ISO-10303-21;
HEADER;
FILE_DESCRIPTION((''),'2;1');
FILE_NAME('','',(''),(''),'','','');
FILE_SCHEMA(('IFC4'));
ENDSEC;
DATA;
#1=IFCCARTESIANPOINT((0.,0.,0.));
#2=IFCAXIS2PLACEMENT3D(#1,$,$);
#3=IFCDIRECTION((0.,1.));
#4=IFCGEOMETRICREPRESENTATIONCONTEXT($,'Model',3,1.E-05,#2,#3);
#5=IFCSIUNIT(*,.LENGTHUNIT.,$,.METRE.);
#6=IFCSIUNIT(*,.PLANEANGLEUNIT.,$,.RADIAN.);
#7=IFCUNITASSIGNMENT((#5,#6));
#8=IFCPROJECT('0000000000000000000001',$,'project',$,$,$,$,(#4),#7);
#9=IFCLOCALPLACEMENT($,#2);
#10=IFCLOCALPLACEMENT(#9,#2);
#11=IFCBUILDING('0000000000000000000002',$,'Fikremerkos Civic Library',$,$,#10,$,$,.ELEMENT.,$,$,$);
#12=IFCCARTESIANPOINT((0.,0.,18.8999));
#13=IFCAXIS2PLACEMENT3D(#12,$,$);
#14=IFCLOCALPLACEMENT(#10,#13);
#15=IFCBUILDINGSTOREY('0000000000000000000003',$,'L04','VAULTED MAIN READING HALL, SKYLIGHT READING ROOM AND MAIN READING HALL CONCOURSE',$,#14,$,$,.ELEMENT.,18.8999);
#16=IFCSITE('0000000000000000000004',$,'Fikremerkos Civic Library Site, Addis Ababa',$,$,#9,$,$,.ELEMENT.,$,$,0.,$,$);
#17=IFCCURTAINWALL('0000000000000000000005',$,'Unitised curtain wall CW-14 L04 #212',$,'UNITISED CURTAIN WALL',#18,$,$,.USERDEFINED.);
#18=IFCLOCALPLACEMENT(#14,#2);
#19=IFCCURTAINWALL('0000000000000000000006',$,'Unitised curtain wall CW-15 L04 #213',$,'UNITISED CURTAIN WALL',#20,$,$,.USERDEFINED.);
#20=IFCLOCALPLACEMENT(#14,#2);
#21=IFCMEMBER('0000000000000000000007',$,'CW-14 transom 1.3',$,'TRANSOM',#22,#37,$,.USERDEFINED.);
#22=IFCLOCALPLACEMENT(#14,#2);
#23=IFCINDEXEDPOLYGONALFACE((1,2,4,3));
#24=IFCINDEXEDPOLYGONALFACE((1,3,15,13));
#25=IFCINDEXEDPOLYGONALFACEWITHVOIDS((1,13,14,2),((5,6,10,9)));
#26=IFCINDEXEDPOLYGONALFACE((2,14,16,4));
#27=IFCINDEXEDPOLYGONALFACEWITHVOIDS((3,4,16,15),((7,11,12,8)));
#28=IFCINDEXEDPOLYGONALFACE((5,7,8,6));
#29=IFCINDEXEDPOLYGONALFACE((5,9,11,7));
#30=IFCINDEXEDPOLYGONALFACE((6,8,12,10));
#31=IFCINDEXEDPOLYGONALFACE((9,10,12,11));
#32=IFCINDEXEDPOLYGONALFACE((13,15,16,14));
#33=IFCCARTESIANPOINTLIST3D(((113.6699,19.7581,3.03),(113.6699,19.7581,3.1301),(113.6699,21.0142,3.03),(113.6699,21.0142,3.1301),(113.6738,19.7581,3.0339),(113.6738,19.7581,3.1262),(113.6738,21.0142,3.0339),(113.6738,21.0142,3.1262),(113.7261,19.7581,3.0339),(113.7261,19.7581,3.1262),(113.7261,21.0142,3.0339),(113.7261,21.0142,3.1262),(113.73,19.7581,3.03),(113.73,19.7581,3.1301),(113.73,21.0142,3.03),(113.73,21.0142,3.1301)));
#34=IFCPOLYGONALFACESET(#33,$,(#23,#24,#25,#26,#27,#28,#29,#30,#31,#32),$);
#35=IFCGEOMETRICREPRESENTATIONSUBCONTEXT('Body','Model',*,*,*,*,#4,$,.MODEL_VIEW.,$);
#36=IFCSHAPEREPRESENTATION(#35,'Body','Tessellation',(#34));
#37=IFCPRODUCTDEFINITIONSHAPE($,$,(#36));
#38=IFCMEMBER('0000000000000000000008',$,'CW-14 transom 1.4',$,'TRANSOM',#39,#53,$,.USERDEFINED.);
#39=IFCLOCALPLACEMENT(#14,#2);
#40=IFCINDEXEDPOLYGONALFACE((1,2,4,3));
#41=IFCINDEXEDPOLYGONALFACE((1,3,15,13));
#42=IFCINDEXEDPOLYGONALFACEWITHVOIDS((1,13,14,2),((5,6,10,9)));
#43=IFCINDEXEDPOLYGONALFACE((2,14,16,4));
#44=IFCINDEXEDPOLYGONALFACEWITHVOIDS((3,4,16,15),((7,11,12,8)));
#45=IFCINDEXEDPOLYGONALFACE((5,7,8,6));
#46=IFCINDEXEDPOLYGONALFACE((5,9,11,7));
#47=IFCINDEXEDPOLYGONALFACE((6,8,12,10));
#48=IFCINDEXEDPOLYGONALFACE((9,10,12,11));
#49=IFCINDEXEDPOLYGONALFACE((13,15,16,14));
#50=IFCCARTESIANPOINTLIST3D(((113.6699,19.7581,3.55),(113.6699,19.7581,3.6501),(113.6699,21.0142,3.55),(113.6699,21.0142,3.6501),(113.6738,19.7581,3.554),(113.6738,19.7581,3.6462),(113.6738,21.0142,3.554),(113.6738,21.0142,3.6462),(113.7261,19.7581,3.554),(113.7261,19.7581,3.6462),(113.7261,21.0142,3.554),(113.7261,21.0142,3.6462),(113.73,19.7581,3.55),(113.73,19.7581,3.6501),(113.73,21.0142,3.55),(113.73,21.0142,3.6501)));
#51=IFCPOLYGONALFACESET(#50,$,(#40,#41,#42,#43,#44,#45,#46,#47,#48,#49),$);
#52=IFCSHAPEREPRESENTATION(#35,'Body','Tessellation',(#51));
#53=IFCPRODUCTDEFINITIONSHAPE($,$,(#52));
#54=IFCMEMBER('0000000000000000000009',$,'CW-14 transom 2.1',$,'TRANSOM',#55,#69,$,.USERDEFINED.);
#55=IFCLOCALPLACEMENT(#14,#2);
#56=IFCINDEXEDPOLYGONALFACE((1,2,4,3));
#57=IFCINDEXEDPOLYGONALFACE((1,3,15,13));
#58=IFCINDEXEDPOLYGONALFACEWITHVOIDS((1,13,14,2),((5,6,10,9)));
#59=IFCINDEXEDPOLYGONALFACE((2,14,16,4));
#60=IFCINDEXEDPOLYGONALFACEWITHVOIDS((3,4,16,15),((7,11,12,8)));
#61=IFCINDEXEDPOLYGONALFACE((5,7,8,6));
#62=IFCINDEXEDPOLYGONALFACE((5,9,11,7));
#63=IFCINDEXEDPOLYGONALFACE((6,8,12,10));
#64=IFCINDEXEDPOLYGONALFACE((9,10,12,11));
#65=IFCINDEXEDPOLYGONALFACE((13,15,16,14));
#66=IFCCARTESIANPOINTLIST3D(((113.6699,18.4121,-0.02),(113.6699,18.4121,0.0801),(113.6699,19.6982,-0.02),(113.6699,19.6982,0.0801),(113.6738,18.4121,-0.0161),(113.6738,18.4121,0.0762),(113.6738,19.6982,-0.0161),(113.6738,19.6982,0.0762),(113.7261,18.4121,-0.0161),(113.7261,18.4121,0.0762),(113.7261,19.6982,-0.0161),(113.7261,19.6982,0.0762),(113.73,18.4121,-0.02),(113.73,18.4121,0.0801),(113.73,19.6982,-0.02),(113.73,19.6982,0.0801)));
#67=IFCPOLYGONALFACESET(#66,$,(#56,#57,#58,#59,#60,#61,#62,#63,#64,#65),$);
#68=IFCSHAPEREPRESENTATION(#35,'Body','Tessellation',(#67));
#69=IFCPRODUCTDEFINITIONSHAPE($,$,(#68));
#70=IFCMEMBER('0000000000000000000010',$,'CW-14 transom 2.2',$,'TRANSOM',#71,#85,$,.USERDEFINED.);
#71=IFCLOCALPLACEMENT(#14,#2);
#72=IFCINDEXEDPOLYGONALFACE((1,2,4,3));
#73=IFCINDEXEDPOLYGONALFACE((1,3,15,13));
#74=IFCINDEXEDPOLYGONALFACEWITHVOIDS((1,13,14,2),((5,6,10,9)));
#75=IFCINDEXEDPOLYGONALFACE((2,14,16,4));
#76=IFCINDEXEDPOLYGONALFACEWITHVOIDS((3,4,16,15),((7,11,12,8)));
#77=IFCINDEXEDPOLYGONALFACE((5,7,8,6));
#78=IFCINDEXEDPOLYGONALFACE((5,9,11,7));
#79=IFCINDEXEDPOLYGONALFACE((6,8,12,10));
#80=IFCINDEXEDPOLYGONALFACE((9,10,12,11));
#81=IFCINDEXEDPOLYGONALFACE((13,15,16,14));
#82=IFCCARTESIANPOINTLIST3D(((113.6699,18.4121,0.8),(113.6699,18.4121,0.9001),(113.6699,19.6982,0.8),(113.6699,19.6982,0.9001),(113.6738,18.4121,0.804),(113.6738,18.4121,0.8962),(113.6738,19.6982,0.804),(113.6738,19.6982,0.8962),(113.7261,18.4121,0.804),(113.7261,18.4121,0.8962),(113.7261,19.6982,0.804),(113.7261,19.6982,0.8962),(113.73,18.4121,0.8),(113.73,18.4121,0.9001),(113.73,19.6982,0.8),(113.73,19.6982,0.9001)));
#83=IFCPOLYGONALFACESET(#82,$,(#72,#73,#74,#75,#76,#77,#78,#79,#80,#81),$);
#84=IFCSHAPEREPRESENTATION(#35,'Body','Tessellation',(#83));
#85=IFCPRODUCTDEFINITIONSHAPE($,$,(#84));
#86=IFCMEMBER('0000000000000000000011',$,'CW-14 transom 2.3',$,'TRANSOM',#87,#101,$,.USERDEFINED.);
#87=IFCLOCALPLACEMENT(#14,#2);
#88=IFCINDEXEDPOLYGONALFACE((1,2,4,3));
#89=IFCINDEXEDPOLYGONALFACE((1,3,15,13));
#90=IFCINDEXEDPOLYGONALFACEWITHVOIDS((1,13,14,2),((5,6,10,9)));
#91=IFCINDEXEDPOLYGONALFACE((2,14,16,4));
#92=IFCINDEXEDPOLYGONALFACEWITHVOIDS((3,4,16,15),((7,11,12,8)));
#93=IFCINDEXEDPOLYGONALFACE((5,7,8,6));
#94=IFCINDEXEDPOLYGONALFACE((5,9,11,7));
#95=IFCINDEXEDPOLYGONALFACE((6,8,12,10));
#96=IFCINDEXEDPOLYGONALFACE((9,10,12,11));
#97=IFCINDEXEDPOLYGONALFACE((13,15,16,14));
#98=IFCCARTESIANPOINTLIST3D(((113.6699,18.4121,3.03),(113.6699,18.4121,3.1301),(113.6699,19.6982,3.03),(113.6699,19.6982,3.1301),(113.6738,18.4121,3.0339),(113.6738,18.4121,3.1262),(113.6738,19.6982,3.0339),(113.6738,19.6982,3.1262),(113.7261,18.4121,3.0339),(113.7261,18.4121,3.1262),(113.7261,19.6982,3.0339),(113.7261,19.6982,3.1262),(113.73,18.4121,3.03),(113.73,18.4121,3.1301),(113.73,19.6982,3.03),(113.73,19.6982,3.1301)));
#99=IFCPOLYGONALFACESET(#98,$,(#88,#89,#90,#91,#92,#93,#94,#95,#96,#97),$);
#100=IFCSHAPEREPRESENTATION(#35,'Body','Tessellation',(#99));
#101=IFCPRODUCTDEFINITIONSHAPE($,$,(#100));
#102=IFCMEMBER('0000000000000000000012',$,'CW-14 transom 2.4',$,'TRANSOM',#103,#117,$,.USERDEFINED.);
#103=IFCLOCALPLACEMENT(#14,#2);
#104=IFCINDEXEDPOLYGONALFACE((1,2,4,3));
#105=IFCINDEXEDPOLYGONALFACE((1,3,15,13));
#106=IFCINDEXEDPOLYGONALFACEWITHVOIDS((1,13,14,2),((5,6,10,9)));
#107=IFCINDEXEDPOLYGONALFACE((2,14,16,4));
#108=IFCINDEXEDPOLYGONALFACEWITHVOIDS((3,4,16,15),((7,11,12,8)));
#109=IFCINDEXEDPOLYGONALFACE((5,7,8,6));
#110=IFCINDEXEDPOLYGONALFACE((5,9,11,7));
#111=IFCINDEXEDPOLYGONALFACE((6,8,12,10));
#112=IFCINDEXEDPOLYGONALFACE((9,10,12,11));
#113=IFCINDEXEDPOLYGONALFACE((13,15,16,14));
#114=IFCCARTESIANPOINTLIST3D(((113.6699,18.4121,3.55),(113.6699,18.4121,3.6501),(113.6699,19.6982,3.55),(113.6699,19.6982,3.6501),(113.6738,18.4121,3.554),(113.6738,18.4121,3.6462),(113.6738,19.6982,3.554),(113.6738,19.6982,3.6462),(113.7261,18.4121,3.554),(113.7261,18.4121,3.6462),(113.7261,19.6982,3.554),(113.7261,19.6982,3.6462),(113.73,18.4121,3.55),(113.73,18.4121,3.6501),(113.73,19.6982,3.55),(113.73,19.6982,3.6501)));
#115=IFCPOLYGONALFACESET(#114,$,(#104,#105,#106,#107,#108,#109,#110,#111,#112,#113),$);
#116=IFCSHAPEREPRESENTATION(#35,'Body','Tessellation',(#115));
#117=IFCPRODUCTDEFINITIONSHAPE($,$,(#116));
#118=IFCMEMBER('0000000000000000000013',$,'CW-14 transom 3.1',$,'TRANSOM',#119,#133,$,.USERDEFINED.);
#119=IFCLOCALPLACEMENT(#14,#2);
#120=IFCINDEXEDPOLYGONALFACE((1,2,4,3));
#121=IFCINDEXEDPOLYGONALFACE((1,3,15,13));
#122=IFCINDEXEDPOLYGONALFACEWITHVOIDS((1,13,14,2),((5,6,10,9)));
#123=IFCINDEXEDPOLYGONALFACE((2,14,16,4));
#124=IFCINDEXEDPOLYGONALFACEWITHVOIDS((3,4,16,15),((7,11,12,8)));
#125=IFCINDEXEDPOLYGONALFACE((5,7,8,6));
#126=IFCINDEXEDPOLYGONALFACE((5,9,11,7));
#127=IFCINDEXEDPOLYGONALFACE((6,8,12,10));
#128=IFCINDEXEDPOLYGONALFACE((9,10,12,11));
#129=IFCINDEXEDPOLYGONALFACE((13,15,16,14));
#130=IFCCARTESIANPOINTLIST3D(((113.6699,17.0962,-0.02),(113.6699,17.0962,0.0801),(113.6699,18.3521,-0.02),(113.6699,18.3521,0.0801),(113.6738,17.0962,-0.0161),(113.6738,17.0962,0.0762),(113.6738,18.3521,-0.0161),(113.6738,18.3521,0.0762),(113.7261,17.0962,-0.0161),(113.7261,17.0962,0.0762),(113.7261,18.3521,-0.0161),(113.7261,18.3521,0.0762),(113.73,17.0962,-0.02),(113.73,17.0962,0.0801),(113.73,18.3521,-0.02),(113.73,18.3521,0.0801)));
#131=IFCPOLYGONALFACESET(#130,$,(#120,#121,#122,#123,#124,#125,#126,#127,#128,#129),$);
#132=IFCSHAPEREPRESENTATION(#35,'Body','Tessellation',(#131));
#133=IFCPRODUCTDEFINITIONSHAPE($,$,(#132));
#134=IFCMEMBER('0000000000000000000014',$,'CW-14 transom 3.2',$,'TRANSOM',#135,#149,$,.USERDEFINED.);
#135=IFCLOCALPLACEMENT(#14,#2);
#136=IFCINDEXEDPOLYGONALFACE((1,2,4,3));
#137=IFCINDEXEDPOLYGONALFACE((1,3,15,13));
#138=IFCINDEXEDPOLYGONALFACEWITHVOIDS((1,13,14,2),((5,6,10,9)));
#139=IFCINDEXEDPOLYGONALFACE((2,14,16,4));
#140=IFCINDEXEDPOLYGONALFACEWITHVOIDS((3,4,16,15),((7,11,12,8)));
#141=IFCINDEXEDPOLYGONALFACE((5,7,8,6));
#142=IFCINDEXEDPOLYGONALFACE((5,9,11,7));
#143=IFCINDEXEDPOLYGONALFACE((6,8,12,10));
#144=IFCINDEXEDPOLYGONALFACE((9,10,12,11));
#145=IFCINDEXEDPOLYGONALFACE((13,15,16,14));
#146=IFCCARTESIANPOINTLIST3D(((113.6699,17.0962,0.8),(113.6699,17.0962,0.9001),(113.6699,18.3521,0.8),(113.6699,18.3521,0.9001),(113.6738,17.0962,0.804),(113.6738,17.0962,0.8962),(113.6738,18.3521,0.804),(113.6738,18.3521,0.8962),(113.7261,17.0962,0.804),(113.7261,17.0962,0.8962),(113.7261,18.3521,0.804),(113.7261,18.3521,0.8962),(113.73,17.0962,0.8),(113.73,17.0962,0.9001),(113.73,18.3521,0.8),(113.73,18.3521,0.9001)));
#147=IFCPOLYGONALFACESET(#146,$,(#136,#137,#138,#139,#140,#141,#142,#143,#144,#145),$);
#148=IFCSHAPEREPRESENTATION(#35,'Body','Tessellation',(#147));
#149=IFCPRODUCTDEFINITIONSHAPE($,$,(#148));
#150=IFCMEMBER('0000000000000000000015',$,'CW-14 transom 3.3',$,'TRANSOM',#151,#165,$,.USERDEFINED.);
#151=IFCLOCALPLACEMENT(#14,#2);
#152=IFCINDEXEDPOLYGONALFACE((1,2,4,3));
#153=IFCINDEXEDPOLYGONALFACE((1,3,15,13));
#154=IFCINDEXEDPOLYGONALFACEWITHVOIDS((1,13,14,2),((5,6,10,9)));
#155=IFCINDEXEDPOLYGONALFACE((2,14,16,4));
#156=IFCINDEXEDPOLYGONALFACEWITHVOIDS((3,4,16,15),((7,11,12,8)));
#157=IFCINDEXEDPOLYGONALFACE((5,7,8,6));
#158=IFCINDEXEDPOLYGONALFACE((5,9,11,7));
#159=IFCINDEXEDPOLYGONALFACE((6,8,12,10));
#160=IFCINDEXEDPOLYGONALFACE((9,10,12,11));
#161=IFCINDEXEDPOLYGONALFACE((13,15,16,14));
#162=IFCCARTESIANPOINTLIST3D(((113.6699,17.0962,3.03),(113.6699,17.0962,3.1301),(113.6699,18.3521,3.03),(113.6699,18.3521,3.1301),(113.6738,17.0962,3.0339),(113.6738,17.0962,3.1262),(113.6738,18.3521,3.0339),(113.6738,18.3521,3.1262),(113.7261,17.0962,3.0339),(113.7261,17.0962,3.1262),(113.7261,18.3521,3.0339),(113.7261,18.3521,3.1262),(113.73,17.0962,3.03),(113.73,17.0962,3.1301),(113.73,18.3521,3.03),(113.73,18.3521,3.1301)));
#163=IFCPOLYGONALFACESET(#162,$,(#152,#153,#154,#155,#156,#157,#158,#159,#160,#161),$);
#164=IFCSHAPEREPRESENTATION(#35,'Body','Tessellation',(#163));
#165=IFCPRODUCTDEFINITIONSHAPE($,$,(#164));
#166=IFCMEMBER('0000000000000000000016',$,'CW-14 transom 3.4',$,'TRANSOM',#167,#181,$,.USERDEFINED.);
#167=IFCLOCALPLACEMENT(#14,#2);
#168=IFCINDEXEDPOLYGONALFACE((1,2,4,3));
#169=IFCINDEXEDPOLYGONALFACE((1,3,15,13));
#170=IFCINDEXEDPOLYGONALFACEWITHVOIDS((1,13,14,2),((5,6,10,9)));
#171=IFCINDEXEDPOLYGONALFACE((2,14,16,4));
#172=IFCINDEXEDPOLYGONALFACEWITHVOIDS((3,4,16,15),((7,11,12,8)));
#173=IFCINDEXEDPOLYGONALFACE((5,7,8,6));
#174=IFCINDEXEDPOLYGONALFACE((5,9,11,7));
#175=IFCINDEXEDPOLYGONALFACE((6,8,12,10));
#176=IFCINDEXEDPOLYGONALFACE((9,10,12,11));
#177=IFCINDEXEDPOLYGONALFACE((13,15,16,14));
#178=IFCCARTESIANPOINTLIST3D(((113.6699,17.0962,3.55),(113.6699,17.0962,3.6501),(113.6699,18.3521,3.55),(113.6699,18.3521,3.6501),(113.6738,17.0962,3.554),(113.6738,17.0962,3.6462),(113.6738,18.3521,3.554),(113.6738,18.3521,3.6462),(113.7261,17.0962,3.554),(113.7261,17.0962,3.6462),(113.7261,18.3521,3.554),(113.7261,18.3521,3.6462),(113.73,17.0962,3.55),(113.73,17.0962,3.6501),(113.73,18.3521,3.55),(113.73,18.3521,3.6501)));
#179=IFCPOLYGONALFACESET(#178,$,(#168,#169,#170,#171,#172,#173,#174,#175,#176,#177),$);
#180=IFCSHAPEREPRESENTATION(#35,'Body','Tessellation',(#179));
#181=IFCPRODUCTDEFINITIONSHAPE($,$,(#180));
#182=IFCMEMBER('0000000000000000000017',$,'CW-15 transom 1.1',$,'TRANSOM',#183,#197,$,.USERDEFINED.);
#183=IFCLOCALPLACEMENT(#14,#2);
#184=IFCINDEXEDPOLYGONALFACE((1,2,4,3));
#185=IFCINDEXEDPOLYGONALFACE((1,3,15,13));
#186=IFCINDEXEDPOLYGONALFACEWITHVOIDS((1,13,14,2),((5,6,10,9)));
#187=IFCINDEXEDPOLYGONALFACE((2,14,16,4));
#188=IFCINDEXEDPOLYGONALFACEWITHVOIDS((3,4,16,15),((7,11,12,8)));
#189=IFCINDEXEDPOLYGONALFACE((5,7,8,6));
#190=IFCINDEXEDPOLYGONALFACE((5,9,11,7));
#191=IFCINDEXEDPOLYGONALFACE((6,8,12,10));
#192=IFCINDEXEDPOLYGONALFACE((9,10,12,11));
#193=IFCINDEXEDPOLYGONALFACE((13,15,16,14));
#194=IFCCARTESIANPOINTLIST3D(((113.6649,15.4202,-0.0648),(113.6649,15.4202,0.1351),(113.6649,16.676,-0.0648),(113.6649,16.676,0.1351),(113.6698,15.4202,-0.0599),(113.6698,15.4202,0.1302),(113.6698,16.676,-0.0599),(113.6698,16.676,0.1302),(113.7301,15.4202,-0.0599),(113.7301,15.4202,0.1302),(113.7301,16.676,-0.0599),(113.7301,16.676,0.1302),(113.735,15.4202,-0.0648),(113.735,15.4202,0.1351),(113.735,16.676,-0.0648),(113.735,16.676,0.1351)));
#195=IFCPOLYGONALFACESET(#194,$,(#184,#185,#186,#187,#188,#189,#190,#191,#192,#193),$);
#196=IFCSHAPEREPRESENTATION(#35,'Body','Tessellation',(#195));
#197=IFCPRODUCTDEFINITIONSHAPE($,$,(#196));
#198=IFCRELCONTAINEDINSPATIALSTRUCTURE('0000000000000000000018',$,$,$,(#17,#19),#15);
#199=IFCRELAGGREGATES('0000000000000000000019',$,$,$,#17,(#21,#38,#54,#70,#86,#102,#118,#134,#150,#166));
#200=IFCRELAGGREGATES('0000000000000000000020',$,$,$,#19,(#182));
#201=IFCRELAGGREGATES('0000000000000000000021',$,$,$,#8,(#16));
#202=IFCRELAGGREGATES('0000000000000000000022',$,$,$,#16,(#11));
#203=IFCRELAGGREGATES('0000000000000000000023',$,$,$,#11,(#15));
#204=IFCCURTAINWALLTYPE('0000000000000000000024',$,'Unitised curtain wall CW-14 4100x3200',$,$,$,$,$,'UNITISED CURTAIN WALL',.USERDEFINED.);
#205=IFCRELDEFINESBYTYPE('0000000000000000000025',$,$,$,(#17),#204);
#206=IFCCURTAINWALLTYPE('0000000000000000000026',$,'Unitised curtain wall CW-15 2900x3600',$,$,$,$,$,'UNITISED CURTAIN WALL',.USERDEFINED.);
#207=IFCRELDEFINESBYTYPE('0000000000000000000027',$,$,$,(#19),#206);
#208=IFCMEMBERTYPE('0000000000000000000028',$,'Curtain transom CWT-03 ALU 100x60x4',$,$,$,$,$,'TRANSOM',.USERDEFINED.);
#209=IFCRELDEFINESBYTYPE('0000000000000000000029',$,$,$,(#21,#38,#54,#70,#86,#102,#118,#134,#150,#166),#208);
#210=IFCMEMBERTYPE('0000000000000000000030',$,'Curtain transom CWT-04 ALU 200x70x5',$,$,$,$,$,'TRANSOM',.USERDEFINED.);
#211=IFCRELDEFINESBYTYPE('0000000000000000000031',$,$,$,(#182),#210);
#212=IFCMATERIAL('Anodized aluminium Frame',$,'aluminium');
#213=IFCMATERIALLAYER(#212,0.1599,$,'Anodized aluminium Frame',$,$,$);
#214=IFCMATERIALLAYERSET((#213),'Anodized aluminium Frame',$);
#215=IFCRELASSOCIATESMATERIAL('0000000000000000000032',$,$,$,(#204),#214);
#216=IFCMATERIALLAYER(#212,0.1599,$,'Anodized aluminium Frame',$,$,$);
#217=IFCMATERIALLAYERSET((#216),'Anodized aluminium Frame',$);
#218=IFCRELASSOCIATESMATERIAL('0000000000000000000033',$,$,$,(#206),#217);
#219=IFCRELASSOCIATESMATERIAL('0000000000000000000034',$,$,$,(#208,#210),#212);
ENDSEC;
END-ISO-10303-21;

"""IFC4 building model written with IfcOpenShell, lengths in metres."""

from ifc_helpers import new_model, si_unit, direction, frame, origin, origin_2d, place, context, subcontext, project, spatial, hollow_rectangle, extrude, material, layer, layer_set, material_profile, profile_set, type_object, element, aggregate, save


model = new_model("IFC4")

# Units and contexts
model_context = context("Model", 3, precision=1e-05, world=origin(), true_north=direction((0.0, 1.0)))
body_context = subcontext(model_context, "Body", "Model", "MODEL_VIEW")
ifc_project = project(units=[si_unit("LENGTHUNIT", "METRE"), si_unit("PLANEANGLEUNIT", "RADIAN")], contexts=[model_context])

# Site, building, storey
site_placement = place(None, origin())
site = spatial("IfcSite", under=ifc_project, at=site_placement, Name="Fikremerkos Civic Library Site, Addis Ababa", CompositionType="ELEMENT", RefElevation=0.0)
building_placement = place(site_placement, origin())
building = spatial("IfcBuilding", under=site, at=building_placement, Name="Fikremerkos Civic Library", CompositionType="ELEMENT")
storey_placement = place(building_placement, frame((0.0, 0.0, 18.8999)))
storey = spatial("IfcBuildingStorey", under=building, at=storey_placement, Name="L04", Description="VAULTED MAIN READING HALL, SKYLIGHT READING ROOM AND MAIN READING HALL CONCOURSE", CompositionType="ELEMENT", Elevation=18.8999)

# Curtain wall
ifc_material_1 = material(Name="Anodized aluminium Frame", Category="aluminium")
ifc_layer_1 = layer(ifc_material_1, 0.1599, Name="Anodized aluminium Frame")
ifc_layer_set_1 = layer_set([ifc_layer_1], Name="Anodized aluminium Frame")
curtain_wall_type_1 = type_object("IfcCurtainWallType", Name="Unitised curtain wall CW-14 4100x3200", ElementType="UNITISED CURTAIN WALL", PredefinedType="USERDEFINED", material=ifc_layer_set_1)
curtain_wall_1_placement = place(storey_placement, origin())
curtain_wall_1 = element("IfcCurtainWall", 1, at=curtain_wall_1_placement, inside=storey, type_object=curtain_wall_type_1, Name="Unitised curtain wall CW-14 L04 #212", ObjectType="UNITISED CURTAIN WALL", PredefinedType="USERDEFINED")

# Curtain wall
ifc_layer_2 = layer(ifc_material_1, 0.1599, Name="Anodized aluminium Frame")
ifc_layer_set_2 = layer_set([ifc_layer_2], Name="Anodized aluminium Frame")
curtain_wall_type_2 = type_object("IfcCurtainWallType", Name="Unitised curtain wall CW-15 2900x3600", ElementType="UNITISED CURTAIN WALL", PredefinedType="USERDEFINED", material=ifc_layer_set_2)
curtain_wall_2_placement = place(storey_placement, origin())
curtain_wall_2 = element("IfcCurtainWall", 2, at=curtain_wall_2_placement, inside=storey, type_object=curtain_wall_type_2, Name="Unitised curtain wall CW-15 L04 #213", ObjectType="UNITISED CURTAIN WALL", PredefinedType="USERDEFINED")

# Members
ifc_material_profile_1 = material_profile(ifc_material_1, hollow_rectangle(XDim=0.0601, YDim=0.1001, WallThickness=0.0039, at=origin_2d()), Name="ALU 100x60x4")
ifc_profile_set_1 = profile_set([ifc_material_profile_1], Name="Anodized aluminium Frame")
member_type_1 = type_object("IfcMemberType", Name="Curtain transom CWT-03 ALU 100x60x4", ElementType="TRANSOM", PredefinedType="USERDEFINED", material=ifc_profile_set_1)
member_1_placement = place(storey_placement, frame((113.7, 21.0142, 3.0801), z_axis=(0.0, -1.0, 0.0), x_axis=(1.0, 0.0, 0.0)))
member_1 = element("IfcMember", 3, at=member_1_placement, type_object=member_type_1, Name="CW-14 transom 1.3", ObjectType="TRANSOM", PredefinedType="USERDEFINED", context=body_context, shape_type="SweptSolid", body=[
    extrude(hollow_rectangle(XDim=0.0601, YDim=0.1001, WallThickness=0.0039, at=origin_2d()), origin(), (0.0, 0.0, 1.0), 1.2561),
])
member_2_placement = place(storey_placement, frame((113.7, 21.0142, 3.6001), z_axis=(0.0, -1.0, 0.0), x_axis=(1.0, 0.0, 0.0)))
member_2 = element("IfcMember", 4, at=member_2_placement, type_object=member_type_1, Name="CW-14 transom 1.4", ObjectType="TRANSOM", PredefinedType="USERDEFINED", context=body_context, shape_type="SweptSolid", body=[
    extrude(hollow_rectangle(XDim=0.0601, YDim=0.1001, WallThickness=0.0039, at=origin_2d()), origin(), (0.0, 0.0, 1.0), 1.2561),
])
member_3_placement = place(storey_placement, frame((113.7, 19.6982, 0.03), z_axis=(0.0, -1.0, 0.0), x_axis=(1.0, 0.0, 0.0)))
member_3 = element("IfcMember", 5, at=member_3_placement, type_object=member_type_1, Name="CW-14 transom 2.1", ObjectType="TRANSOM", PredefinedType="USERDEFINED", context=body_context, shape_type="SweptSolid", body=[
    extrude(hollow_rectangle(XDim=0.0601, YDim=0.1001, WallThickness=0.0039, at=origin_2d()), origin(), (0.0, 0.0, 1.0), 1.2861),
])
member_4_placement = place(storey_placement, frame((113.7, 19.6982, 0.8501), z_axis=(0.0, -1.0, 0.0), x_axis=(1.0, 0.0, 0.0)))
member_4 = element("IfcMember", 6, at=member_4_placement, type_object=member_type_1, Name="CW-14 transom 2.2", ObjectType="TRANSOM", PredefinedType="USERDEFINED", context=body_context, shape_type="SweptSolid", body=[
    extrude(hollow_rectangle(XDim=0.0601, YDim=0.1001, WallThickness=0.0039, at=origin_2d()), origin(), (0.0, 0.0, 1.0), 1.2861),
])
member_5_placement = place(storey_placement, frame((113.7, 19.6982, 3.0801), z_axis=(0.0, -1.0, 0.0), x_axis=(1.0, 0.0, 0.0)))
member_5 = element("IfcMember", 7, at=member_5_placement, type_object=member_type_1, Name="CW-14 transom 2.3", ObjectType="TRANSOM", PredefinedType="USERDEFINED", context=body_context, shape_type="SweptSolid", body=[
    extrude(hollow_rectangle(XDim=0.0601, YDim=0.1001, WallThickness=0.0039, at=origin_2d()), origin(), (0.0, 0.0, 1.0), 1.2861),
])
member_6_placement = place(storey_placement, frame((113.7, 19.6982, 3.6001), z_axis=(0.0, -1.0, 0.0), x_axis=(1.0, 0.0, 0.0)))
member_6 = element("IfcMember", 8, at=member_6_placement, type_object=member_type_1, Name="CW-14 transom 2.4", ObjectType="TRANSOM", PredefinedType="USERDEFINED", context=body_context, shape_type="SweptSolid", body=[
    extrude(hollow_rectangle(XDim=0.0601, YDim=0.1001, WallThickness=0.0039, at=origin_2d()), origin(), (0.0, 0.0, 1.0), 1.2861),
])
member_7_placement = place(storey_placement, frame((113.7, 18.3521, 0.03), z_axis=(0.0, -1.0, 0.0), x_axis=(1.0, 0.0, 0.0)))
member_7 = element("IfcMember", 9, at=member_7_placement, type_object=member_type_1, Name="CW-14 transom 3.1", ObjectType="TRANSOM", PredefinedType="USERDEFINED", context=body_context, shape_type="SweptSolid", body=[
    extrude(hollow_rectangle(XDim=0.0601, YDim=0.1001, WallThickness=0.0039, at=origin_2d()), origin(), (0.0, 0.0, 1.0), 1.2559),
])
member_8_placement = place(storey_placement, frame((113.7, 18.3521, 0.8501), z_axis=(0.0, -1.0, 0.0), x_axis=(1.0, 0.0, 0.0)))
member_8 = element("IfcMember", 10, at=member_8_placement, type_object=member_type_1, Name="CW-14 transom 3.2", ObjectType="TRANSOM", PredefinedType="USERDEFINED", context=body_context, shape_type="SweptSolid", body=[
    extrude(hollow_rectangle(XDim=0.0601, YDim=0.1001, WallThickness=0.0039, at=origin_2d()), origin(), (0.0, 0.0, 1.0), 1.2559),
])
member_9_placement = place(storey_placement, frame((113.7, 18.3521, 3.0801), z_axis=(0.0, -1.0, 0.0), x_axis=(1.0, 0.0, 0.0)))
member_9 = element("IfcMember", 11, at=member_9_placement, type_object=member_type_1, Name="CW-14 transom 3.3", ObjectType="TRANSOM", PredefinedType="USERDEFINED", context=body_context, shape_type="SweptSolid", body=[
    extrude(hollow_rectangle(XDim=0.0601, YDim=0.1001, WallThickness=0.0039, at=origin_2d()), origin(), (0.0, 0.0, 1.0), 1.2559),
])
member_10_placement = place(storey_placement, frame((113.7, 18.3521, 3.6001), z_axis=(0.0, -1.0, 0.0), x_axis=(1.0, 0.0, 0.0)))
member_10 = element("IfcMember", 12, at=member_10_placement, type_object=member_type_1, Name="CW-14 transom 3.4", ObjectType="TRANSOM", PredefinedType="USERDEFINED", context=body_context, shape_type="SweptSolid", body=[
    extrude(hollow_rectangle(XDim=0.0601, YDim=0.1001, WallThickness=0.0039, at=origin_2d()), origin(), (0.0, 0.0, 1.0), 1.2559),
])
ifc_material_profile_2 = material_profile(ifc_material_1, hollow_rectangle(XDim=0.0701, YDim=0.2, WallThickness=0.0049, at=origin_2d()), Name="ALU 200x70x5")
ifc_profile_set_2 = profile_set([ifc_material_profile_2], Name="Anodized aluminium Frame")
member_type_2 = type_object("IfcMemberType", Name="Curtain transom CWT-04 ALU 200x70x5", ElementType="TRANSOM", PredefinedType="USERDEFINED", material=ifc_profile_set_2)
member_11_placement = place(storey_placement, frame((113.7, 16.676, 0.0352), z_axis=(0.0, -1.0, 0.0), x_axis=(1.0, 0.0, 0.0)))
member_11 = element("IfcMember", 13, at=member_11_placement, type_object=member_type_2, Name="CW-15 transom 1.1", ObjectType="TRANSOM", PredefinedType="USERDEFINED", context=body_context, shape_type="SweptSolid", body=[
    extrude(hollow_rectangle(XDim=0.0701, YDim=0.2, WallThickness=0.0049, at=origin_2d()), origin(), (0.0, 0.0, 1.0), 1.2559),
])

aggregate(curtain_wall_1, [member_1, member_2, member_3, member_4, member_5, member_6, member_7, member_8, member_9, member_10])
aggregate(curtain_wall_2, [member_11])

save(model, "model.ifc")
